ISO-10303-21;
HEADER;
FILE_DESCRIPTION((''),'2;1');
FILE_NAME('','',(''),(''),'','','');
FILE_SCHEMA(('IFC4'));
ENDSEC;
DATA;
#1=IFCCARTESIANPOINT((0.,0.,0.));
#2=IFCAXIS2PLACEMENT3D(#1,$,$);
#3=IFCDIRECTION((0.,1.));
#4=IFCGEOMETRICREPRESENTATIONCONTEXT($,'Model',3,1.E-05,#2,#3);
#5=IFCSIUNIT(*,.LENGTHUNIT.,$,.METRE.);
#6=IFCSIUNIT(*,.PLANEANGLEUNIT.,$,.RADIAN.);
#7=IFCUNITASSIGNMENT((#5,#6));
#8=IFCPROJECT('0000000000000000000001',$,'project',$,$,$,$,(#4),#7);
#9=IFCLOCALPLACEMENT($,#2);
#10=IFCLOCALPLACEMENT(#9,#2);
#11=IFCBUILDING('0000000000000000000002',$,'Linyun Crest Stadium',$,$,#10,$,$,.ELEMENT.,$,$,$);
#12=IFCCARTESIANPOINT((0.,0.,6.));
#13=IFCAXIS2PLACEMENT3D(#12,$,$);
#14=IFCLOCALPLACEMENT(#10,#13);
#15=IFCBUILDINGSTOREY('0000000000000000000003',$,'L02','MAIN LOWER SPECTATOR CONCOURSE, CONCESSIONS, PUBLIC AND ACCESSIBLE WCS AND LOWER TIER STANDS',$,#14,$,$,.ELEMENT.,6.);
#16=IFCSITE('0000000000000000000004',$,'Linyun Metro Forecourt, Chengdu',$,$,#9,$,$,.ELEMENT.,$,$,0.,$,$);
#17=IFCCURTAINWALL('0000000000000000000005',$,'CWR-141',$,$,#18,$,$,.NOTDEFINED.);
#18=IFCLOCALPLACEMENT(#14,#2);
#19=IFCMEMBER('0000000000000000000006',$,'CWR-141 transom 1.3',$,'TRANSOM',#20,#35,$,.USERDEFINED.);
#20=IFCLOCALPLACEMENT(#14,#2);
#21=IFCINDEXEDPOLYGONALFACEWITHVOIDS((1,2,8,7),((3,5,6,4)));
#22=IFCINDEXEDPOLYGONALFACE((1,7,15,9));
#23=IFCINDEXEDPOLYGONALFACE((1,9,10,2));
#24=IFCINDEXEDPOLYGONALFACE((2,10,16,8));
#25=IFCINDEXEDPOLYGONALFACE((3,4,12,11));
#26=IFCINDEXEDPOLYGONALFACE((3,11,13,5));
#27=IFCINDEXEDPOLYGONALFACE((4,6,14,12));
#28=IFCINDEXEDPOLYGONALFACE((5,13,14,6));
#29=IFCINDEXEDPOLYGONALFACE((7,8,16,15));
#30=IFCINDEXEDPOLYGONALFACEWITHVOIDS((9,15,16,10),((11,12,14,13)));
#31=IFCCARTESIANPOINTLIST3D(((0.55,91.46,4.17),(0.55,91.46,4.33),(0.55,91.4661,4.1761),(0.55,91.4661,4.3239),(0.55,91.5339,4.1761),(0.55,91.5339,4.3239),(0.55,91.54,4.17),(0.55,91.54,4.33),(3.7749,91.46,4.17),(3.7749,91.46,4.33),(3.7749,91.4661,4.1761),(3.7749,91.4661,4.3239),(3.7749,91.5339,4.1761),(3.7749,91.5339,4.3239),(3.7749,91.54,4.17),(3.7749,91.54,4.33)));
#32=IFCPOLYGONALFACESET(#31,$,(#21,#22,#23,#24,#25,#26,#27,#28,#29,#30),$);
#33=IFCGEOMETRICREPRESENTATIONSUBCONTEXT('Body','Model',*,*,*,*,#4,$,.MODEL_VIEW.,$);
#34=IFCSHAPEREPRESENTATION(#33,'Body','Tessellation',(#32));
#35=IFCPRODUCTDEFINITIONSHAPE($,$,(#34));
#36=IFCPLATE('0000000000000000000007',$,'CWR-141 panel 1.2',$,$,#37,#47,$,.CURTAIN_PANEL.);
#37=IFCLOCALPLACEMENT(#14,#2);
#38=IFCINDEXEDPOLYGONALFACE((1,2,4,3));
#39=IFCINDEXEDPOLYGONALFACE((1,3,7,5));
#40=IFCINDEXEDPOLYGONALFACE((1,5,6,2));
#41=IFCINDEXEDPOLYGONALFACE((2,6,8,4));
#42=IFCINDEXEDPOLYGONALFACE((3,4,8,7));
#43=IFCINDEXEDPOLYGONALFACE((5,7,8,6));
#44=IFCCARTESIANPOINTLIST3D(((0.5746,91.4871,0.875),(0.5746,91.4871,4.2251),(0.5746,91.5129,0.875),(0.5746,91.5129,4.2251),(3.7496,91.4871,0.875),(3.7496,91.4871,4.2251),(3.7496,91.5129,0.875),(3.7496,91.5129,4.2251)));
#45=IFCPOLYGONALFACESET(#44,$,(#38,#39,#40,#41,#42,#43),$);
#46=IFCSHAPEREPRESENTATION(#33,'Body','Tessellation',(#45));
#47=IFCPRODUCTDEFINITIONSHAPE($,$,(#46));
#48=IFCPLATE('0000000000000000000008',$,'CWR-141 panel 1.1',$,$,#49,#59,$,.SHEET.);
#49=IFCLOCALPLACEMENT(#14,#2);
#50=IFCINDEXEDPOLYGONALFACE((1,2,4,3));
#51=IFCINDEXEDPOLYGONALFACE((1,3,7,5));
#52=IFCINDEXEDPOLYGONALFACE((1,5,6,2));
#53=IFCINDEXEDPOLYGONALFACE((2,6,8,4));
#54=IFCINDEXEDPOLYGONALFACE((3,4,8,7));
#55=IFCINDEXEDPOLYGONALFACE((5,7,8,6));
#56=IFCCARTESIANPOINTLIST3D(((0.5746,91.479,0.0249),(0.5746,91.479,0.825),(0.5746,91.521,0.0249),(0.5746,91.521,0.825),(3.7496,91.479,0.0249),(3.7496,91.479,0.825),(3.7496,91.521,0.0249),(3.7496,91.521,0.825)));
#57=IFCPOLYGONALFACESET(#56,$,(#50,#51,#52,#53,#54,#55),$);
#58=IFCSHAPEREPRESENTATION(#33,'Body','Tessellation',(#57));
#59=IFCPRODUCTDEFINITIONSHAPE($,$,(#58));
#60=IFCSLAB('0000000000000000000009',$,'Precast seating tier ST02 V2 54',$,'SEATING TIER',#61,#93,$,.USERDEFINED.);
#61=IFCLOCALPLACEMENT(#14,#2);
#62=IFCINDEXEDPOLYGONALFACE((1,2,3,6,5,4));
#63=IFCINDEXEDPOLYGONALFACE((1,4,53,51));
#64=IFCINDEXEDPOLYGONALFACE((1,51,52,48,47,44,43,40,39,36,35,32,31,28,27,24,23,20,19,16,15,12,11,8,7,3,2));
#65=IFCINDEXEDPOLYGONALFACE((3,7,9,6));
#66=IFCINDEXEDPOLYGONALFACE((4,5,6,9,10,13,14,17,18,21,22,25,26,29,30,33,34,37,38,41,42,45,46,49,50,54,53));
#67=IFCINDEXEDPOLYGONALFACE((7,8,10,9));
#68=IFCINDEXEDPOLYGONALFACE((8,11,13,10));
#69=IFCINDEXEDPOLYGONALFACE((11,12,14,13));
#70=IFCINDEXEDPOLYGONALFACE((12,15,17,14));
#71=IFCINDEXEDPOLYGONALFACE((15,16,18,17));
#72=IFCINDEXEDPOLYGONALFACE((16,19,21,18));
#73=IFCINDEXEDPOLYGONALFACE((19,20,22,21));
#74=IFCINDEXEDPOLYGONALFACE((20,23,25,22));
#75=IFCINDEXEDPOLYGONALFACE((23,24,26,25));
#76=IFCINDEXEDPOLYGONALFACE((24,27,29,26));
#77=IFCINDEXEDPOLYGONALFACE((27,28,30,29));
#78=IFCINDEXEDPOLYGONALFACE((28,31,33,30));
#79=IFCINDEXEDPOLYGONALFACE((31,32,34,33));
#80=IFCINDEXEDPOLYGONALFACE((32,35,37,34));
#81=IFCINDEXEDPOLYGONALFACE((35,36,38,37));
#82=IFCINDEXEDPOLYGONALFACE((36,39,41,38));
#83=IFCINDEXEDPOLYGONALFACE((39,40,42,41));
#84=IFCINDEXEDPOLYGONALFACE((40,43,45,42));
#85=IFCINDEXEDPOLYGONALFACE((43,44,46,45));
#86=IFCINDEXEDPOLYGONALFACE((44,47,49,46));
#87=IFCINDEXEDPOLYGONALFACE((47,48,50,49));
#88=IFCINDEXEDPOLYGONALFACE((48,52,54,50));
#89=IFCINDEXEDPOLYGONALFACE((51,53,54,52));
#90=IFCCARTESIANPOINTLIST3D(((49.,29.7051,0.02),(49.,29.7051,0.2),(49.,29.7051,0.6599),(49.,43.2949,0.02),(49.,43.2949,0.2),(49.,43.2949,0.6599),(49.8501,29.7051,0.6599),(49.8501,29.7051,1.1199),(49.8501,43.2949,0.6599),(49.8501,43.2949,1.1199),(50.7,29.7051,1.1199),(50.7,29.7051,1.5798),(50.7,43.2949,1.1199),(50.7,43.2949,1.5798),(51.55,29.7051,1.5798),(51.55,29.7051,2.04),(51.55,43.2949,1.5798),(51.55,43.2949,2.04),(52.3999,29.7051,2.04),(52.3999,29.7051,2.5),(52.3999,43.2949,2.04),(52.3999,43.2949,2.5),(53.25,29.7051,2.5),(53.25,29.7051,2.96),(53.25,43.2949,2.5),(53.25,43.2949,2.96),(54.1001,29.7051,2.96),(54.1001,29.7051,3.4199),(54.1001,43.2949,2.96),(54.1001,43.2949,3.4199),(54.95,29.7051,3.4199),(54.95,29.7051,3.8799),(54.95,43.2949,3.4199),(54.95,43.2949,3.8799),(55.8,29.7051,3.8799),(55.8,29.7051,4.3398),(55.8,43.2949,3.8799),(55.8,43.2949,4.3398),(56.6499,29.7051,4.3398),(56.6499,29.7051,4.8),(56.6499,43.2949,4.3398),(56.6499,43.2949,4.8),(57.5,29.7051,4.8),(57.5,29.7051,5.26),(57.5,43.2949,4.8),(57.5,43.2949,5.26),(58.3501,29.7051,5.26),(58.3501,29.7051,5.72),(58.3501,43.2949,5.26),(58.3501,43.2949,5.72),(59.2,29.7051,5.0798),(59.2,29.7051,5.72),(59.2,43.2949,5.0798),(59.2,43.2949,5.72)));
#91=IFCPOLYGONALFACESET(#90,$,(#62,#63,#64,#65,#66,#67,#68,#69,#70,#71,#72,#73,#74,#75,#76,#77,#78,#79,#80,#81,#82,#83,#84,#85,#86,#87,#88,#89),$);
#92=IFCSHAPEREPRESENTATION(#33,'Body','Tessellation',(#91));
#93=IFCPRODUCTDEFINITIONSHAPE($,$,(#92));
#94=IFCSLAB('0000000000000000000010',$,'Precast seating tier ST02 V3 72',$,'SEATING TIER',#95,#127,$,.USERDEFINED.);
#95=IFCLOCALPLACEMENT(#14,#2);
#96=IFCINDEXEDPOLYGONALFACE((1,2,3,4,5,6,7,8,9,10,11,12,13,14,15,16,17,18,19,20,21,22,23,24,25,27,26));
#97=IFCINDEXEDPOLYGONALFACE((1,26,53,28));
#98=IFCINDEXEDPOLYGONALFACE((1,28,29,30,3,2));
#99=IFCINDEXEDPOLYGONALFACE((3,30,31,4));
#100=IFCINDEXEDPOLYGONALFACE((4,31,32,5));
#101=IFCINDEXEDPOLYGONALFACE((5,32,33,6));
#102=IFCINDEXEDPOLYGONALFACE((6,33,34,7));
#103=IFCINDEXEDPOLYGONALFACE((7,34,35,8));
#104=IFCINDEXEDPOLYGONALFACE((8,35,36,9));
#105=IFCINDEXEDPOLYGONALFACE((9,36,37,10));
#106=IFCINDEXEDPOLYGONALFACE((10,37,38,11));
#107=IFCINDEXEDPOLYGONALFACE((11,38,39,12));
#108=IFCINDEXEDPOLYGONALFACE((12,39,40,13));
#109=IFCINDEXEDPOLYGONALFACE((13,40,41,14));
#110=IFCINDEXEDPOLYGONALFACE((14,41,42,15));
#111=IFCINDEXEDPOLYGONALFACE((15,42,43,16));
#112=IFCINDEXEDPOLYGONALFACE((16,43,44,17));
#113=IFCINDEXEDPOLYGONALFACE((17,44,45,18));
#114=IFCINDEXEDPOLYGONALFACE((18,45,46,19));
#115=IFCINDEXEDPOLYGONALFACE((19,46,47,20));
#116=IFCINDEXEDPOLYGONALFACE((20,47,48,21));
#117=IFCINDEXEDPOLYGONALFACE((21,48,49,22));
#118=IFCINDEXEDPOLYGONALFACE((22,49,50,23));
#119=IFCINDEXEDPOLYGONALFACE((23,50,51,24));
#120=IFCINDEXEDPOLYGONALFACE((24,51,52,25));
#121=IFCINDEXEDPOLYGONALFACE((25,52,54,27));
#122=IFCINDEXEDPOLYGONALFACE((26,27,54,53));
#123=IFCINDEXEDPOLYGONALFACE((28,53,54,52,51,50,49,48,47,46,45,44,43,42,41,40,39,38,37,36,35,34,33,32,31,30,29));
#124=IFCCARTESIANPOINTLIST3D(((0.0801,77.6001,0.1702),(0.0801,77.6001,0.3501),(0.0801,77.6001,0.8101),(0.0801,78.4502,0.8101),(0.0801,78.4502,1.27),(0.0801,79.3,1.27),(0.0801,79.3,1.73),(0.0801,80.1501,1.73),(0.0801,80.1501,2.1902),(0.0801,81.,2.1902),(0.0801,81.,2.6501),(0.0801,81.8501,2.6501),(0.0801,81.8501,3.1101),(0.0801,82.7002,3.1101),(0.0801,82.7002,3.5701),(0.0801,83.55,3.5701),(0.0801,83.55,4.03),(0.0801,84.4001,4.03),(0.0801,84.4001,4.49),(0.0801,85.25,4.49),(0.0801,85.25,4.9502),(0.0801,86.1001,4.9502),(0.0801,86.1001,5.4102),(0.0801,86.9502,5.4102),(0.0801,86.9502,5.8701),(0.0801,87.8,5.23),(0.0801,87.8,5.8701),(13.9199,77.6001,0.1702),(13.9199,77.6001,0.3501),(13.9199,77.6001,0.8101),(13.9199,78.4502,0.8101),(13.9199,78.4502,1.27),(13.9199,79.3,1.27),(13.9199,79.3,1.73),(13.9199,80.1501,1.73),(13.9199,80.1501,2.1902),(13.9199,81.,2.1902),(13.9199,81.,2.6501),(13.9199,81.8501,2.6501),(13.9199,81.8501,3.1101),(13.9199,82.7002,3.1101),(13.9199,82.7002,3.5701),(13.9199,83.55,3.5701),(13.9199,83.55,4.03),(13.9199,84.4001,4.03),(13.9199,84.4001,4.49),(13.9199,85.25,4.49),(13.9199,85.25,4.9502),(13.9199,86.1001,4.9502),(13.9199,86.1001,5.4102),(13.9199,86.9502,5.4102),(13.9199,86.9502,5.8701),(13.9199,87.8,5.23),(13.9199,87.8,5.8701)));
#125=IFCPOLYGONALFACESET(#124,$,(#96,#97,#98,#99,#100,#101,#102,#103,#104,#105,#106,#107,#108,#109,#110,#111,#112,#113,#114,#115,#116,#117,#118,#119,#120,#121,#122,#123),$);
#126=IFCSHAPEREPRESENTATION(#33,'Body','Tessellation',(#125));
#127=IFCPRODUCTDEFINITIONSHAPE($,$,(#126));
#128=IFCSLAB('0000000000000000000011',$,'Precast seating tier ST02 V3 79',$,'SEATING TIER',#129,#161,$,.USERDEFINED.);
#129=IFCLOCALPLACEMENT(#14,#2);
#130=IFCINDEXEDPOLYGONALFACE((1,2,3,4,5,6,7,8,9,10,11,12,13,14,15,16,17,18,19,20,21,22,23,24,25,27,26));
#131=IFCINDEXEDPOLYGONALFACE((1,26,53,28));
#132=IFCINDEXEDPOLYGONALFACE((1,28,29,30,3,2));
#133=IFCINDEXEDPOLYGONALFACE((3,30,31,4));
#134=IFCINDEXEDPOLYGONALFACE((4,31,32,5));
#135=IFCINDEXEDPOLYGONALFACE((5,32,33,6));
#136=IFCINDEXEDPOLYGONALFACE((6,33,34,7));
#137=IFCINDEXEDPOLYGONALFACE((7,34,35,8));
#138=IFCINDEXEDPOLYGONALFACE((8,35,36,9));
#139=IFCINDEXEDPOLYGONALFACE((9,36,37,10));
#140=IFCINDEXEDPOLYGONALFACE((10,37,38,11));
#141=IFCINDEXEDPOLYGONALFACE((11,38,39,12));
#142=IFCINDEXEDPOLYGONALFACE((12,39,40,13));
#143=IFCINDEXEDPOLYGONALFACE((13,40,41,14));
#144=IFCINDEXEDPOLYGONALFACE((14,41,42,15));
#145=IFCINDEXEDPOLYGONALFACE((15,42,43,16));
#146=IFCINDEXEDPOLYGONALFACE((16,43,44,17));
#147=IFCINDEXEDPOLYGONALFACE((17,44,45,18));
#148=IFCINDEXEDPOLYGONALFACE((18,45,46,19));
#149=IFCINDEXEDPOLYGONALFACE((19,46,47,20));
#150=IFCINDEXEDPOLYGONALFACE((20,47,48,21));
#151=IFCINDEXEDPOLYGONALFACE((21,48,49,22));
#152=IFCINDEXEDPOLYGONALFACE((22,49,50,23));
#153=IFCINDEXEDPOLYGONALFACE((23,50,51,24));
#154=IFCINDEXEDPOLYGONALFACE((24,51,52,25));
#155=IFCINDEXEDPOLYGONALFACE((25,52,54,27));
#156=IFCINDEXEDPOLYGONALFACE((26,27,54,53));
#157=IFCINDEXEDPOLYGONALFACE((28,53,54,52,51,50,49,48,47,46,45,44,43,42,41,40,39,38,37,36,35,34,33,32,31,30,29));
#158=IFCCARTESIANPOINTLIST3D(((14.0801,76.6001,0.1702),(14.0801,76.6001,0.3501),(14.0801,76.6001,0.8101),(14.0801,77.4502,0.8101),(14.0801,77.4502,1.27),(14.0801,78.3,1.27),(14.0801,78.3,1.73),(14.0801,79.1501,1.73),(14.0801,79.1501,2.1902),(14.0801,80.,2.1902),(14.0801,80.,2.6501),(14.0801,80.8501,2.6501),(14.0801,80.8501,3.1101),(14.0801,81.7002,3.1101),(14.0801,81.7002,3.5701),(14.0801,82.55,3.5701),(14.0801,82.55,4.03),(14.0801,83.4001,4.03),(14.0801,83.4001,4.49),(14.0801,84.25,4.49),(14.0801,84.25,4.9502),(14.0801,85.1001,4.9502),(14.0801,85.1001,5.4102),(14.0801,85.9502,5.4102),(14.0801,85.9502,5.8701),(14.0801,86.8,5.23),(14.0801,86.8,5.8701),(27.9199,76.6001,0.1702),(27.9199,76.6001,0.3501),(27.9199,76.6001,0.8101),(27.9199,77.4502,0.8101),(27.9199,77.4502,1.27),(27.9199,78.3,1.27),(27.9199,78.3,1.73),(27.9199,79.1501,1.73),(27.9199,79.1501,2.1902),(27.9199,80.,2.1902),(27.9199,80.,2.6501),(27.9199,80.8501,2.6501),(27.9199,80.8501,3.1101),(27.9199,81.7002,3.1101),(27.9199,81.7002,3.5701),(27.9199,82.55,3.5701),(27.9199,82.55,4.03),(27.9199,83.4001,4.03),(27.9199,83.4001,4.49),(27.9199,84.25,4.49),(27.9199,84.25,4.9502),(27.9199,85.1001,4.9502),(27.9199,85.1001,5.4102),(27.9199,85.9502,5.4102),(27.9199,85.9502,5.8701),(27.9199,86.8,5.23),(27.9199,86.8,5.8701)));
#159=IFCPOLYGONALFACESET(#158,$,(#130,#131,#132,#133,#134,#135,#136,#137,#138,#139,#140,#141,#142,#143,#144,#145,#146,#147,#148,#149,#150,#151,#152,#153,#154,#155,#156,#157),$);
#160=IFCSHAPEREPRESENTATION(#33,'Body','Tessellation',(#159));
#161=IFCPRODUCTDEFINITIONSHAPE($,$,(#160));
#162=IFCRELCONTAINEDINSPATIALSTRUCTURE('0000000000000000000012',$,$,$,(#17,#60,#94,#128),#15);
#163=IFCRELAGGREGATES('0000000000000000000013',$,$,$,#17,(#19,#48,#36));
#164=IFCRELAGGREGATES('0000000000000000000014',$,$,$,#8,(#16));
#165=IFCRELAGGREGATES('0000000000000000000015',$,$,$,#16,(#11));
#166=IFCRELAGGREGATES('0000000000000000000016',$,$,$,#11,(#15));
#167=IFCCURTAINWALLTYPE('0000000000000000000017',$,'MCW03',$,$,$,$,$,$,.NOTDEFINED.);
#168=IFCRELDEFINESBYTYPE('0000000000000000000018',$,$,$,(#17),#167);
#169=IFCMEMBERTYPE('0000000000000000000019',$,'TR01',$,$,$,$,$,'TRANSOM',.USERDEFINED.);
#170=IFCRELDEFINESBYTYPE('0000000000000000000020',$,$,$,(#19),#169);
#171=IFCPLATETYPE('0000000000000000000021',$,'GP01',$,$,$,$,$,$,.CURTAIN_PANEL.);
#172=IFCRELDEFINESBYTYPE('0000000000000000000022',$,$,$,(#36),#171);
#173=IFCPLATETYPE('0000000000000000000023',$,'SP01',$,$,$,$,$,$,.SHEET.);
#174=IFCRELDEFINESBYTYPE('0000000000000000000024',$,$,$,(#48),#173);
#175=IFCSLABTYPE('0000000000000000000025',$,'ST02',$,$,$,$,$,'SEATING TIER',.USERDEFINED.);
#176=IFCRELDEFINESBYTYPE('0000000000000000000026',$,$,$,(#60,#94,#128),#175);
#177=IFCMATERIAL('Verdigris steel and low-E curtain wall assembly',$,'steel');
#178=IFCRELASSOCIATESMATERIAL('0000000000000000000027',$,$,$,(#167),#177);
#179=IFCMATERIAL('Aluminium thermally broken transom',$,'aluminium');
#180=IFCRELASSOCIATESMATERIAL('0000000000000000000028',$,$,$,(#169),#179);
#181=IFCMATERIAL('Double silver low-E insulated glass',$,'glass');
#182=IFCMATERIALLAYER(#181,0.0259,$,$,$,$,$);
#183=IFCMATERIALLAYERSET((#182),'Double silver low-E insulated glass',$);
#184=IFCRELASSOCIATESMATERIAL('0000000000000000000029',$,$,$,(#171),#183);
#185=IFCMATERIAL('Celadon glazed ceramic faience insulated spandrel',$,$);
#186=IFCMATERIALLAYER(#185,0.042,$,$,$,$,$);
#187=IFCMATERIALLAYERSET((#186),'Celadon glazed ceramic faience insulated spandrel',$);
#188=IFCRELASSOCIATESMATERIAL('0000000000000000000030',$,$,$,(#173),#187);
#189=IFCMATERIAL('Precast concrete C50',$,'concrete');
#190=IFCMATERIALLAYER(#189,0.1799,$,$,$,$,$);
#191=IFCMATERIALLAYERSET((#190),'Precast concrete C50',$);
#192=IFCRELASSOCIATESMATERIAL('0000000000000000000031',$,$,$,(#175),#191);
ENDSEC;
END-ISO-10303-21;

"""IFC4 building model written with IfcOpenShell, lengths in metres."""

from ifc_helpers import new_model, si_unit, direction, frame, origin, origin_2d, place, context, subcontext, project, spatial, polyline, rectangle, hollow_rectangle, outline, extrude, material, layer, layer_set, material_profile, profile_set, type_object, element, aggregate, save


model = new_model("IFC4")

# Units and contexts
model_context = context("Model", 3, precision=1e-05, world=origin(), true_north=direction((0.0, 1.0)))
body_context = subcontext(model_context, "Body", "Model", "MODEL_VIEW")
ifc_project = project(units=[si_unit("LENGTHUNIT", "METRE"), si_unit("PLANEANGLEUNIT", "RADIAN")], contexts=[model_context])

# Site, building, storey
site_placement = place(None, origin())
site = spatial("IfcSite", under=ifc_project, at=site_placement, Name="Linyun Metro Forecourt, Chengdu", CompositionType="ELEMENT", RefElevation=0.0)
building_placement = place(site_placement, origin())
building = spatial("IfcBuilding", under=site, at=building_placement, Name="Linyun Crest Stadium", CompositionType="ELEMENT")
storey_placement = place(building_placement, frame((0.0, 0.0, 6.0)))
storey = spatial("IfcBuildingStorey", under=building, at=storey_placement, Name="L02", Description="MAIN LOWER SPECTATOR CONCOURSE, CONCESSIONS, PUBLIC AND ACCESSIBLE WCS AND LOWER TIER STANDS", CompositionType="ELEMENT", Elevation=6.0)

# Curtain wall
ifc_material_1 = material(Name="Verdigris steel and low-E curtain wall assembly", Category="steel")
curtain_wall_type = type_object("IfcCurtainWallType", Name="MCW03", PredefinedType="NOTDEFINED", material=ifc_material_1)
curtain_wall_placement = place(storey_placement, origin())
curtain_wall = element("IfcCurtainWall", 1, at=curtain_wall_placement, inside=storey, type_object=curtain_wall_type, Name="CWR-141", PredefinedType="NOTDEFINED")

# Member
ifc_material_2 = material(Name="Aluminium thermally broken transom", Category="aluminium")
ifc_material_profile_1 = material_profile(ifc_material_2, hollow_rectangle(XDim=0.0801, YDim=0.1599, WallThickness=0.0061, at=origin_2d()), Name="RHS 160x80x6")
ifc_profile_set_1 = profile_set([ifc_material_profile_1], Name="Aluminium thermally broken transom")
member_type_1 = type_object("IfcMemberType", Name="TR01", ElementType="TRANSOM", PredefinedType="USERDEFINED", material=ifc_profile_set_1)
member_1_placement = place(storey_placement, frame((0.55, 91.5, 4.25), z_axis=(1.0, 0.0, 0.0), x_axis=(0.0, 1.0, 0.0)))
member_1 = element("IfcMember", 2, at=member_1_placement, type_object=member_type_1, Name="CWR-141 transom 1.3", ObjectType="TRANSOM", PredefinedType="USERDEFINED", context=body_context, shape_type="SweptSolid", body=[
    extrude(hollow_rectangle(XDim=0.0801, YDim=0.1599, WallThickness=0.0061, at=origin_2d()), origin(), (0.0, 0.0, 1.0), 3.2249),
])

# Plates
ifc_material_3 = material(Name="Double silver low-E insulated glass", Category="glass")
ifc_layer_1 = layer(ifc_material_3, 0.0259)
ifc_layer_set_1 = layer_set([ifc_layer_1], Name="Double silver low-E insulated glass")
plate_type_1 = type_object("IfcPlateType", Name="GP01", PredefinedType="CURTAIN_PANEL", material=ifc_layer_set_1)
plate_1_placement = place(storey_placement, frame((2.1621, 91.5, 0.875), z_axis=(0.0, 0.0, 1.0), x_axis=(1.0, 0.0, 0.0)))
plate_1 = element("IfcPlate", 3, at=plate_1_placement, type_object=plate_type_1, Name="CWR-141 panel 1.2", PredefinedType="CURTAIN_PANEL", context=body_context, shape_type="SweptSolid", body=[
    extrude(rectangle(XDim=3.175, YDim=0.0259, at=origin_2d()), origin(), (0.0, 0.0, 1.0), 3.3501),
])
ifc_material_4 = material(Name="Celadon glazed ceramic faience insulated spandrel")
ifc_layer_2 = layer(ifc_material_4, 0.042)
ifc_layer_set_2 = layer_set([ifc_layer_2], Name="Celadon glazed ceramic faience insulated spandrel")
plate_type_2 = type_object("IfcPlateType", Name="SP01", PredefinedType="SHEET", material=ifc_layer_set_2)
plate_2_placement = place(storey_placement, frame((2.1621, 91.5, 0.0249), z_axis=(0.0, 0.0, 1.0), x_axis=(1.0, 0.0, 0.0)))
plate_2 = element("IfcPlate", 4, at=plate_2_placement, type_object=plate_type_2, Name="CWR-141 panel 1.1", PredefinedType="SHEET", context=body_context, shape_type="SweptSolid", body=[
    extrude(rectangle(XDim=3.175, YDim=0.042, at=origin_2d()), origin(), (0.0, 0.0, 1.0), 0.8),
])
aggregate(curtain_wall, [member_1, plate_2, plate_1])

# Slabs
ifc_material_5 = material(Name="Precast concrete C50", Category="concrete")
ifc_layer_3 = layer(ifc_material_5, 0.1799)
ifc_layer_set_3 = layer_set([ifc_layer_3], Name="Precast concrete C50")
slab_type = type_object("IfcSlabType", Name="ST02", ElementType="SEATING TIER", PredefinedType="USERDEFINED", material=ifc_layer_set_3)
slab_placement = place(storey_placement, frame((49.0, 29.7051, 0.2), z_axis=(0.0, 0.0, 1.0), x_axis=(1.0, 0.0, 0.0)))
element("IfcSlab", 5, at=slab_placement, inside=storey, type_object=slab_type, Name="Precast seating tier ST02 V2 54", ObjectType="SEATING TIER", PredefinedType="USERDEFINED", context=body_context, shape_type="SweptSolid", body=[
    extrude(outline(polyline([(0.0, 0.0), (0.0, -0.46), (0.8501, -0.46), (0.8501, -0.9199), (1.7, -0.9199), (1.7, -1.3799), (2.55, -1.3799), (2.55, -1.8401), (3.3999, -1.8401), (3.3999, -2.3), (4.25, -2.3), (4.25, -2.76), (5.1001, -2.76), (5.1001, -3.22), (5.95, -3.22), (5.95, -3.6799), (6.8, -3.6799), (6.8, -4.1399), (7.6499, -4.1399), (7.6499, -4.6001), (8.5, -4.6001), (8.5, -5.0601), (9.3501, -5.0601), (9.3501, -5.52), (10.2, -5.52), (10.2, -4.8799), (0.0, 0.1799), (0.0, 0.0)])), frame((0.0, 0.0, 0.0), z_axis=(0.0, 1.0, 0.0), x_axis=(1.0, 0.0, 0.0)), (0.0, 0.0, 1.0), 13.5898),
])
for number, where, z_axis, x_axis, name in (
    (6, (0.0801, 77.6001, 0.3501), (0.0, 0.0, 1.0), (0.0, 1.0, 0.0), "Precast seating tier ST02 V3 72"),
    (7, (14.0801, 76.6001, 0.3501), (0.0, 0.0, 1.0), (0.0, 1.0, 0.0), "Precast seating tier ST02 V3 79"),
):
    element("IfcSlab", number, at=place(storey_placement, frame(where, z_axis=z_axis, x_axis=x_axis)), inside=storey, type_object=slab_type, Name=name, ObjectType="SEATING TIER", PredefinedType="USERDEFINED", context=body_context, shape_type="SweptSolid", body=[
        extrude(outline(polyline([(0.0, 0.0), (0.0, 0.46), (0.8501, 0.46), (0.8501, 0.9199), (1.7, 0.9199), (1.7, 1.3799), (2.55, 1.3799), (2.55, 1.8401), (3.3999, 1.8401), (3.3999, 2.3), (4.25, 2.3), (4.25, 2.76), (5.1001, 2.76), (5.1001, 3.22), (5.95, 3.22), (5.95, 3.6799), (6.8, 3.6799), (6.8, 4.1399), (7.6499, 4.1399), (7.6499, 4.6001), (8.5, 4.6001), (8.5, 5.0601), (9.3501, 5.0601), (9.3501, 5.52), (10.2, 5.52), (10.2, 4.8799), (0.0, -0.1799), (0.0, 0.0)])), frame((0.0, 0.0, 0.0), z_axis=(0.0, -1.0, 0.0), x_axis=(1.0, 0.0, 0.0)), (0.0, 0.0, 1.0), 13.8398),
    ])

save(model, "model.ifc")
